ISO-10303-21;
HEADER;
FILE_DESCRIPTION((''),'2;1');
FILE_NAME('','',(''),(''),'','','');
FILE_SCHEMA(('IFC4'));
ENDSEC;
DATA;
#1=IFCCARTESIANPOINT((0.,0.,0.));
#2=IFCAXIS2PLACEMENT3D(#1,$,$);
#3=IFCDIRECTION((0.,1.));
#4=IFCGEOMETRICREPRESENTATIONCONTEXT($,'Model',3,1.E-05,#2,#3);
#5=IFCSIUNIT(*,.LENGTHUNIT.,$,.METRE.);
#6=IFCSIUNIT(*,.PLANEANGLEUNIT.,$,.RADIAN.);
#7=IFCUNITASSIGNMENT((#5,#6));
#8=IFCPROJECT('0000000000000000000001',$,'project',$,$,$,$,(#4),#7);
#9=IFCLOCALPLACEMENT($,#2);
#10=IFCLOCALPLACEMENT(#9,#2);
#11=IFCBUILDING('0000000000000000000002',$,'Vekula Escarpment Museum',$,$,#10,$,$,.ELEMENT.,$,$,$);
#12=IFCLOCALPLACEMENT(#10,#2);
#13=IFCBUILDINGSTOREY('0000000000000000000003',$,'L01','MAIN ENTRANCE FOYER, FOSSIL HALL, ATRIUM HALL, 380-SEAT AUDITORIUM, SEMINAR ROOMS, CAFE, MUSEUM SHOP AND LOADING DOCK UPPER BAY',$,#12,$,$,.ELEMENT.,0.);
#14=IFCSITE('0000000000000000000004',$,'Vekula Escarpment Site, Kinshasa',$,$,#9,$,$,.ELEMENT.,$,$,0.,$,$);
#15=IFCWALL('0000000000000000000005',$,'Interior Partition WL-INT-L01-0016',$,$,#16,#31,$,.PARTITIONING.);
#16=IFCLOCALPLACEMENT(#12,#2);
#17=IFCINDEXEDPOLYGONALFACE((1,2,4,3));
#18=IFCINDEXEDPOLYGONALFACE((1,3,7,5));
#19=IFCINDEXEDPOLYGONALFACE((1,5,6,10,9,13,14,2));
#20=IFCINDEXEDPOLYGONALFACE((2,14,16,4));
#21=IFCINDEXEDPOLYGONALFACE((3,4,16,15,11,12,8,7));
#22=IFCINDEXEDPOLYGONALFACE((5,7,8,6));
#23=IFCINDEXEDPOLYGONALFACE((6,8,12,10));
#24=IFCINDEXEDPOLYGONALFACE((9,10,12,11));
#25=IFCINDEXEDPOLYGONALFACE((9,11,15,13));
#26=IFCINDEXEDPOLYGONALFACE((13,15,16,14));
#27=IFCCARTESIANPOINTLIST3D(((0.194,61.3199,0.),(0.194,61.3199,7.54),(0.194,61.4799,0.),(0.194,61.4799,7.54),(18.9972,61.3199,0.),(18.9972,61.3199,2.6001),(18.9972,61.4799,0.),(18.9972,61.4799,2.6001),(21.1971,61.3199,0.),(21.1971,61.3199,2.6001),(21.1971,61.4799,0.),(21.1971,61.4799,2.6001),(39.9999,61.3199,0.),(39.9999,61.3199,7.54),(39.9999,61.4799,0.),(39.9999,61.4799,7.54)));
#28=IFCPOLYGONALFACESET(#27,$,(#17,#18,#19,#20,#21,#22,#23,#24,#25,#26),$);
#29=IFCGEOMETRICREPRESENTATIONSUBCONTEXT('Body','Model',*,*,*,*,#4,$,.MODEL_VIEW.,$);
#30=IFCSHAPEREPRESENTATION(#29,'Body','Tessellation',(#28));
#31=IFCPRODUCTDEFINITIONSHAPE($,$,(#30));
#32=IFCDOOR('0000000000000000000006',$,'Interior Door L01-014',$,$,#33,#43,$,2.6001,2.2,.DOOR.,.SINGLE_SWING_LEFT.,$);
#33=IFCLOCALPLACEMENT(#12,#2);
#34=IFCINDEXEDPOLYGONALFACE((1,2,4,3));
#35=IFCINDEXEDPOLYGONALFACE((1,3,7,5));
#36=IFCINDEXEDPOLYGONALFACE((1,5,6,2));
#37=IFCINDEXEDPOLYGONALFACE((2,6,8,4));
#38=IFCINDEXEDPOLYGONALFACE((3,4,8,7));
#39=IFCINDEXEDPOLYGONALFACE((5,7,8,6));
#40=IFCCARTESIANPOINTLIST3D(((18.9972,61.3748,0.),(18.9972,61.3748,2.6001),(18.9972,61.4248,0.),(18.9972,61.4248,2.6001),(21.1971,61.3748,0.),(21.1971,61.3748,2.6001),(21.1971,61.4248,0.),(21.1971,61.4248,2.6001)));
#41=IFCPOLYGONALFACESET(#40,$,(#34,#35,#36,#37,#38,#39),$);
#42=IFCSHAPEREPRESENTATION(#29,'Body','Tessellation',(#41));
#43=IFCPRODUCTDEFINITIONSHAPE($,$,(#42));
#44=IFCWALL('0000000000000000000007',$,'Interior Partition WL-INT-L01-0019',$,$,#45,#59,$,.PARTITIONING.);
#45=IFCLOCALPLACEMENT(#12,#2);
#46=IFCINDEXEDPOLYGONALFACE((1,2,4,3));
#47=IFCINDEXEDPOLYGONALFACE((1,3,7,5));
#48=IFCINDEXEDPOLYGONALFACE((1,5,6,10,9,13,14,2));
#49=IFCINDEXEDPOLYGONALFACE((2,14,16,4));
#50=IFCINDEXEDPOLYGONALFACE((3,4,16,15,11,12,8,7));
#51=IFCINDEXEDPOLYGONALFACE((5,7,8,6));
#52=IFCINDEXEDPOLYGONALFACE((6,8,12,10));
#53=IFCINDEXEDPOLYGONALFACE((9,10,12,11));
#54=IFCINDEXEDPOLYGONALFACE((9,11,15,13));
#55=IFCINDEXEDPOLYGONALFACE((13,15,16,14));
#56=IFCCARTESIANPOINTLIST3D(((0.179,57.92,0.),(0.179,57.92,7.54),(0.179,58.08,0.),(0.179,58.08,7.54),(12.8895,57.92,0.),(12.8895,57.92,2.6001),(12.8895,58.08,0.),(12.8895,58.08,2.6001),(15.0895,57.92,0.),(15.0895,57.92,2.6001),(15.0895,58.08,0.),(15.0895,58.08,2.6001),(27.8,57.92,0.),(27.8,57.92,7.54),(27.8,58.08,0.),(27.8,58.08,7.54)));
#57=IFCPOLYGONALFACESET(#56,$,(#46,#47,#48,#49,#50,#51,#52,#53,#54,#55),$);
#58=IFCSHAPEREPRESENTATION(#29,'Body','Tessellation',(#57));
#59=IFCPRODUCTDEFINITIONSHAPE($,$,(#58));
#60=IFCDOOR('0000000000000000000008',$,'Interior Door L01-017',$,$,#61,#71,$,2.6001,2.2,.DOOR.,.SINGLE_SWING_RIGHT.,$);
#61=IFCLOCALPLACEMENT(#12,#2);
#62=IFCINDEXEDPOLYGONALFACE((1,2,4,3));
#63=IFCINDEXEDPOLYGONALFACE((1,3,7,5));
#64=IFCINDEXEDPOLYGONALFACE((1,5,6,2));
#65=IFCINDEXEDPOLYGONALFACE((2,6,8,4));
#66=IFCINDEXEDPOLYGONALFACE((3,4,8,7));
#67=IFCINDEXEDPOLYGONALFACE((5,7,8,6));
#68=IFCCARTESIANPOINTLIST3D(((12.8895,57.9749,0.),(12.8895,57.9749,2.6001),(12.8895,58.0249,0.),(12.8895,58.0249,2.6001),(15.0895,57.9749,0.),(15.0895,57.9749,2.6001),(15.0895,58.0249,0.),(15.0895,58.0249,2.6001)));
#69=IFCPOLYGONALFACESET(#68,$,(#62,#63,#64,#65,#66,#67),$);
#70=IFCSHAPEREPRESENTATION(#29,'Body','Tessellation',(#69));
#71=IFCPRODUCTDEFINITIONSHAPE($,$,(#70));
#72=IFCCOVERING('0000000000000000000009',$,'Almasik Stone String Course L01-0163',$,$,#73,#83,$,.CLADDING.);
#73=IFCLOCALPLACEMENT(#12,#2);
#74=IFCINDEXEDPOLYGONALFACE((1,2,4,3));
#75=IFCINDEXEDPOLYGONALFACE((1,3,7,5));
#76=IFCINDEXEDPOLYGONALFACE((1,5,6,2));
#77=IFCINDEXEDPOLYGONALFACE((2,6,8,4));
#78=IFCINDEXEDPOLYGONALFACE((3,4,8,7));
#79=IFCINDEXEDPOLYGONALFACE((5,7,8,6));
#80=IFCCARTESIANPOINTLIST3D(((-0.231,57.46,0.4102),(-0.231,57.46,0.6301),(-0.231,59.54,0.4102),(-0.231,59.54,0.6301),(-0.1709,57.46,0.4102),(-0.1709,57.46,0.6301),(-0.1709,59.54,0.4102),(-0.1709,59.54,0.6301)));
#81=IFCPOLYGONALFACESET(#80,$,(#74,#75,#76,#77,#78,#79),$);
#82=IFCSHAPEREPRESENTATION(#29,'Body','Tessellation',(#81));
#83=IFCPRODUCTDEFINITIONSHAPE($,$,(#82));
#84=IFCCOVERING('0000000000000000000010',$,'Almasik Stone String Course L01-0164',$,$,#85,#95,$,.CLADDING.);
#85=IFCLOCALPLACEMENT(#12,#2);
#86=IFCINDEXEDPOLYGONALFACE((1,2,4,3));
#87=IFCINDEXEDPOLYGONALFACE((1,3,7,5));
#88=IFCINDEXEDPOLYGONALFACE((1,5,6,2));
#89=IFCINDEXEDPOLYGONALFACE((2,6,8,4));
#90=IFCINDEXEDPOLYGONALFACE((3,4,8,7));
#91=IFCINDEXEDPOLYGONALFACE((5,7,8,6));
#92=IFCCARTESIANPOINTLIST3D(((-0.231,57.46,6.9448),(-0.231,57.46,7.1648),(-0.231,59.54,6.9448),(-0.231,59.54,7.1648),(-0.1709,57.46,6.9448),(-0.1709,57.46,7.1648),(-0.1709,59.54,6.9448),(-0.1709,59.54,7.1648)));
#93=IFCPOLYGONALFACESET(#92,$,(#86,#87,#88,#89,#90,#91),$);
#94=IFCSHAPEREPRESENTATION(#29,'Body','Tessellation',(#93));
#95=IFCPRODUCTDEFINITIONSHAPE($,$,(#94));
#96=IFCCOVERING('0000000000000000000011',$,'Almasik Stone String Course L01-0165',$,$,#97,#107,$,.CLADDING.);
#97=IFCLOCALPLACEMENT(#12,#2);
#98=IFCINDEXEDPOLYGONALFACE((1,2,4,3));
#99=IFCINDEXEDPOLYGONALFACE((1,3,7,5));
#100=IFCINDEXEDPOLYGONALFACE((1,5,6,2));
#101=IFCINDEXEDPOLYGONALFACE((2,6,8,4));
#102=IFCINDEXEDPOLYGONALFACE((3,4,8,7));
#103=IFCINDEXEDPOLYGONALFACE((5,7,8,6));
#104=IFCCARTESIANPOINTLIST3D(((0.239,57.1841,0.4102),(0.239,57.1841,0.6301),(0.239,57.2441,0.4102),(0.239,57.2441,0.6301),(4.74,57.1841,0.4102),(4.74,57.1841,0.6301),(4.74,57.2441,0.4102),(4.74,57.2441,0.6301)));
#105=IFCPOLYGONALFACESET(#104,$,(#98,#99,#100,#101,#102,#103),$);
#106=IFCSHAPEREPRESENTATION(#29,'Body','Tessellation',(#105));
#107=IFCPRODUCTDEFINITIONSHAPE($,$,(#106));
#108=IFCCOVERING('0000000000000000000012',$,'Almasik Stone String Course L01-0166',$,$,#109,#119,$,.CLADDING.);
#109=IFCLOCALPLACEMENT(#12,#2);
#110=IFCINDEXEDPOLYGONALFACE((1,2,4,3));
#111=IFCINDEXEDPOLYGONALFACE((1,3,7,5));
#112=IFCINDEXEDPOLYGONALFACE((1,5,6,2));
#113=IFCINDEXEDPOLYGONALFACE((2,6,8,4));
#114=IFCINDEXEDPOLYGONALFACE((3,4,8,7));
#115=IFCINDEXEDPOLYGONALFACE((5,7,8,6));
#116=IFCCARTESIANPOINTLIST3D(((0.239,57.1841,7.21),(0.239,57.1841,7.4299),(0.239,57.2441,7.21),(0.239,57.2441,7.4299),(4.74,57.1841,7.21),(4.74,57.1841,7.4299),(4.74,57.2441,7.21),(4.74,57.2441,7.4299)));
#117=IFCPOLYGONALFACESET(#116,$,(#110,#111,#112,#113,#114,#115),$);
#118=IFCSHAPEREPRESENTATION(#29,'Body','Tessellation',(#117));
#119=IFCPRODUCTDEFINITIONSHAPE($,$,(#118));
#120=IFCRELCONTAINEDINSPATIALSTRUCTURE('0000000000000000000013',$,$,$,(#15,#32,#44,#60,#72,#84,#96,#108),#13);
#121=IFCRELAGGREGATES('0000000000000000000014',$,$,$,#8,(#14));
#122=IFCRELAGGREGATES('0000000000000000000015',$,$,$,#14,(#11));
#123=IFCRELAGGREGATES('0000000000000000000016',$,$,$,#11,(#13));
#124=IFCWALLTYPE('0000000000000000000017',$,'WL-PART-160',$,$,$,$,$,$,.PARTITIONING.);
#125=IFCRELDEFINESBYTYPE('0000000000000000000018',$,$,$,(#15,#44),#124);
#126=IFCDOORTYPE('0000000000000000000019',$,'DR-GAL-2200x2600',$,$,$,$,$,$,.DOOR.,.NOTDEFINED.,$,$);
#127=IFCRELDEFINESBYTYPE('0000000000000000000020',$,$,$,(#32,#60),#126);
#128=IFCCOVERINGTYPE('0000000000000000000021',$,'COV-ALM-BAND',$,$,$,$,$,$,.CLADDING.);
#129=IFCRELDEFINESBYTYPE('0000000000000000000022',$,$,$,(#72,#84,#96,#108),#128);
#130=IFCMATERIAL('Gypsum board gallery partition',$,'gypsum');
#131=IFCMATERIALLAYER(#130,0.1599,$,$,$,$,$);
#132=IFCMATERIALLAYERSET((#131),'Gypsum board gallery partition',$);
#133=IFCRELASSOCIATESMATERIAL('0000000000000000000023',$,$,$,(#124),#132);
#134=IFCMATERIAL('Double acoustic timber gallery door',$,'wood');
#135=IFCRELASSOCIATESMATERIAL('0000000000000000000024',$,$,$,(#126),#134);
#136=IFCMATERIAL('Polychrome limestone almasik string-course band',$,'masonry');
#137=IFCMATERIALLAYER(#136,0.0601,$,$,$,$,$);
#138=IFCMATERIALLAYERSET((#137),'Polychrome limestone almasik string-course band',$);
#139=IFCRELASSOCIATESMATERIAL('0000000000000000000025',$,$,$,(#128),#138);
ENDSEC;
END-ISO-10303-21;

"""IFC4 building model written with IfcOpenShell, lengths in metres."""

from ifc_helpers import new_model, si_unit, direction, frame, frame_2d, origin, origin_2d, place, context, subcontext, project, spatial, rectangle, extrude, material, layer, layer_set, type_object, element, fill, save


model = new_model("IFC4")

# Units and contexts
model_context = context("Model", 3, precision=1e-05, world=origin(), true_north=direction((0.0, 1.0)))
body_context = subcontext(model_context, "Body", "Model", "MODEL_VIEW")
ifc_project = project(units=[si_unit("LENGTHUNIT", "METRE"), si_unit("PLANEANGLEUNIT", "RADIAN")], contexts=[model_context])

# Site, building, storey
site_placement = place(None, origin())
site = spatial("IfcSite", under=ifc_project, at=site_placement, Name="Vekula Escarpment Site, Kinshasa", CompositionType="ELEMENT", RefElevation=0.0)
building_placement = place(site_placement, origin())
building = spatial("IfcBuilding", under=site, at=building_placement, Name="Vekula Escarpment Museum", CompositionType="ELEMENT")
storey_placement = place(building_placement, origin())
storey = spatial("IfcBuildingStorey", under=building, at=storey_placement, Name="L01", Description="MAIN ENTRANCE FOYER, FOSSIL HALL, ATRIUM HALL, 380-SEAT AUDITORIUM, SEMINAR ROOMS, CAFE, MUSEUM SHOP AND LOADING DOCK UPPER BAY", CompositionType="ELEMENT", Elevation=0.0)

# Walls, openings, doors
ifc_material_1 = material(Name="Gypsum board gallery partition", Category="gypsum")
ifc_layer_1 = layer(ifc_material_1, 0.1599)
ifc_layer_set_1 = layer_set([ifc_layer_1], Name="Gypsum board gallery partition")
wall_type_1 = type_object("IfcWallType", Name="WL-PART-160", PredefinedType="PARTITIONING", material=ifc_layer_set_1)
wall_1_placement = place(storey_placement, frame((0.1941, 61.3999, 0.0), z_axis=(0.0, 0.0, 1.0), x_axis=(1.0, 0.0, 0.0)))
wall_1 = element("IfcWall", 1, at=wall_1_placement, inside=storey, type_object=wall_type_1, Name="Interior Partition WL-INT-L01-0016", PredefinedType="PARTITIONING", context=body_context, shape_type="SweptSolid", body=[
    extrude(rectangle(XDim=39.8059, YDim=0.1599, at=frame_2d((19.9028, 0.0))), origin(), (0.0, 0.0, 1.0), 7.54),
])
opening_1_placement = place(wall_1_placement, frame((18.803, 0.0, 0.0)))
opening_1 = element("IfcOpeningElement", 2, at=opening_1_placement, cuts=wall_1, PredefinedType="OPENING", context=body_context, shape_type="SweptSolid", body=[
    extrude(rectangle(XDim=2.2, YDim=2.6001, at=frame_2d((1.1001, 1.3))), frame((0.0, 0.0898, 0.0), z_axis=(0.0, -1.0, 0.0), x_axis=(1.0, 0.0, 0.0)), (0.0, 0.0, 1.0), 0.1799),
])
ifc_material_2 = material(Name="Double acoustic timber gallery door", Category="wood")
door_type_1 = type_object("IfcDoorType", Name="DR-GAL-2200x2600", OperationType="NOTDEFINED", PredefinedType="DOOR", material=ifc_material_2)
door_1_placement = place(opening_1_placement, origin())
door_1 = element("IfcDoor", 3, at=door_1_placement, inside=storey, type_object=door_type_1, Name="Interior Door L01-014", OperationType="SINGLE_SWING_LEFT", OverallHeight=2.6001, OverallWidth=2.2, PredefinedType="DOOR", context=body_context, shape_type="SweptSolid", body=[
    extrude(rectangle(XDim=2.2, YDim=2.6001, at=frame_2d((1.1001, 1.3))), frame((0.0, 0.0249, 0.0), z_axis=(0.0, -1.0, 0.0), x_axis=(1.0, 0.0, 0.0)), (0.0, 0.0, 1.0), 0.05),
])
fill(opening_1, door_1)
wall_2_placement = place(storey_placement, frame((0.179, 58.0, 0.0), z_axis=(0.0, 0.0, 1.0), x_axis=(1.0, 0.0, 0.0)))
wall_2 = element("IfcWall", 4, at=wall_2_placement, inside=storey, type_object=wall_type_1, Name="Interior Partition WL-INT-L01-0019", PredefinedType="PARTITIONING", context=body_context, shape_type="SweptSolid", body=[
    extrude(rectangle(XDim=27.6211, YDim=0.1599, at=frame_2d((13.8105, 0.0))), origin(), (0.0, 0.0, 1.0), 7.54),
])
opening_2_placement = place(wall_2_placement, frame((12.7104, 0.0, 0.0)))
opening_2 = element("IfcOpeningElement", 5, at=opening_2_placement, cuts=wall_2, PredefinedType="OPENING", context=body_context, shape_type="SweptSolid", body=[
    extrude(rectangle(XDim=2.2, YDim=2.6001, at=frame_2d((1.1001, 1.3))), frame((0.0, 0.0898, 0.0), z_axis=(0.0, -1.0, 0.0), x_axis=(1.0, 0.0, 0.0)), (0.0, 0.0, 1.0), 0.1799),
])
door_2_placement = place(opening_2_placement, origin())
door_2 = element("IfcDoor", 6, at=door_2_placement, inside=storey, type_object=door_type_1, Name="Interior Door L01-017", OperationType="SINGLE_SWING_RIGHT", OverallHeight=2.6001, OverallWidth=2.2, PredefinedType="DOOR", context=body_context, shape_type="SweptSolid", body=[
    extrude(rectangle(XDim=2.2, YDim=2.6001, at=frame_2d((1.1001, 1.3))), frame((0.0, 0.0249, 0.0), z_axis=(0.0, -1.0, 0.0), x_axis=(1.0, 0.0, 0.0)), (0.0, 0.0, 1.0), 0.05),
])
fill(opening_2, door_2)

# Coverings
ifc_material_3 = material(Name="Polychrome limestone almasik string-course band", Category="masonry")
ifc_layer_2 = layer(ifc_material_3, 0.0601)
ifc_layer_set_2 = layer_set([ifc_layer_2], Name="Polychrome limestone almasik string-course band")
covering_type = type_object("IfcCoveringType", Name="COV-ALM-BAND", PredefinedType="CLADDING", material=ifc_layer_set_2)
for number, where, z_axis, x_axis, name in (
    (7, (-0.2009, 58.5, 0.4102), (0.0, 0.0, 1.0), (0.0, 1.0, 0.0), "Almasik Stone String Course L01-0163"),
    (8, (-0.2009, 58.5, 6.9448), (0.0, 0.0, 1.0), (0.0, 1.0, 0.0), "Almasik Stone String Course L01-0164"),
):
    element("IfcCovering", number, at=place(storey_placement, frame(where, z_axis=z_axis, x_axis=x_axis)), inside=storey, type_object=covering_type, Name=name, PredefinedType="CLADDING", context=body_context, shape_type="SweptSolid", body=[
        extrude(rectangle(XDim=2.0801, YDim=0.0601, at=origin_2d()), origin(), (0.0, 0.0, 1.0), 0.22),
    ])
for number, where, z_axis, x_axis, name in (
    (9, (2.4895, 57.2141, 0.4102), (0.0, 0.0, 1.0), (1.0, 0.0, 0.0), "Almasik Stone String Course L01-0165"),
    (10, (2.4895, 57.2141, 7.21), (0.0, 0.0, 1.0), (1.0, 0.0, 0.0), "Almasik Stone String Course L01-0166"),
):
    element("IfcCovering", number, at=place(storey_placement, frame(where, z_axis=z_axis, x_axis=x_axis)), inside=storey, type_object=covering_type, Name=name, PredefinedType="CLADDING", context=body_context, shape_type="SweptSolid", body=[
        extrude(rectangle(XDim=4.501, YDim=0.0601, at=origin_2d()), origin(), (0.0, 0.0, 1.0), 0.22),
    ])

save(model, "model.ifc")
